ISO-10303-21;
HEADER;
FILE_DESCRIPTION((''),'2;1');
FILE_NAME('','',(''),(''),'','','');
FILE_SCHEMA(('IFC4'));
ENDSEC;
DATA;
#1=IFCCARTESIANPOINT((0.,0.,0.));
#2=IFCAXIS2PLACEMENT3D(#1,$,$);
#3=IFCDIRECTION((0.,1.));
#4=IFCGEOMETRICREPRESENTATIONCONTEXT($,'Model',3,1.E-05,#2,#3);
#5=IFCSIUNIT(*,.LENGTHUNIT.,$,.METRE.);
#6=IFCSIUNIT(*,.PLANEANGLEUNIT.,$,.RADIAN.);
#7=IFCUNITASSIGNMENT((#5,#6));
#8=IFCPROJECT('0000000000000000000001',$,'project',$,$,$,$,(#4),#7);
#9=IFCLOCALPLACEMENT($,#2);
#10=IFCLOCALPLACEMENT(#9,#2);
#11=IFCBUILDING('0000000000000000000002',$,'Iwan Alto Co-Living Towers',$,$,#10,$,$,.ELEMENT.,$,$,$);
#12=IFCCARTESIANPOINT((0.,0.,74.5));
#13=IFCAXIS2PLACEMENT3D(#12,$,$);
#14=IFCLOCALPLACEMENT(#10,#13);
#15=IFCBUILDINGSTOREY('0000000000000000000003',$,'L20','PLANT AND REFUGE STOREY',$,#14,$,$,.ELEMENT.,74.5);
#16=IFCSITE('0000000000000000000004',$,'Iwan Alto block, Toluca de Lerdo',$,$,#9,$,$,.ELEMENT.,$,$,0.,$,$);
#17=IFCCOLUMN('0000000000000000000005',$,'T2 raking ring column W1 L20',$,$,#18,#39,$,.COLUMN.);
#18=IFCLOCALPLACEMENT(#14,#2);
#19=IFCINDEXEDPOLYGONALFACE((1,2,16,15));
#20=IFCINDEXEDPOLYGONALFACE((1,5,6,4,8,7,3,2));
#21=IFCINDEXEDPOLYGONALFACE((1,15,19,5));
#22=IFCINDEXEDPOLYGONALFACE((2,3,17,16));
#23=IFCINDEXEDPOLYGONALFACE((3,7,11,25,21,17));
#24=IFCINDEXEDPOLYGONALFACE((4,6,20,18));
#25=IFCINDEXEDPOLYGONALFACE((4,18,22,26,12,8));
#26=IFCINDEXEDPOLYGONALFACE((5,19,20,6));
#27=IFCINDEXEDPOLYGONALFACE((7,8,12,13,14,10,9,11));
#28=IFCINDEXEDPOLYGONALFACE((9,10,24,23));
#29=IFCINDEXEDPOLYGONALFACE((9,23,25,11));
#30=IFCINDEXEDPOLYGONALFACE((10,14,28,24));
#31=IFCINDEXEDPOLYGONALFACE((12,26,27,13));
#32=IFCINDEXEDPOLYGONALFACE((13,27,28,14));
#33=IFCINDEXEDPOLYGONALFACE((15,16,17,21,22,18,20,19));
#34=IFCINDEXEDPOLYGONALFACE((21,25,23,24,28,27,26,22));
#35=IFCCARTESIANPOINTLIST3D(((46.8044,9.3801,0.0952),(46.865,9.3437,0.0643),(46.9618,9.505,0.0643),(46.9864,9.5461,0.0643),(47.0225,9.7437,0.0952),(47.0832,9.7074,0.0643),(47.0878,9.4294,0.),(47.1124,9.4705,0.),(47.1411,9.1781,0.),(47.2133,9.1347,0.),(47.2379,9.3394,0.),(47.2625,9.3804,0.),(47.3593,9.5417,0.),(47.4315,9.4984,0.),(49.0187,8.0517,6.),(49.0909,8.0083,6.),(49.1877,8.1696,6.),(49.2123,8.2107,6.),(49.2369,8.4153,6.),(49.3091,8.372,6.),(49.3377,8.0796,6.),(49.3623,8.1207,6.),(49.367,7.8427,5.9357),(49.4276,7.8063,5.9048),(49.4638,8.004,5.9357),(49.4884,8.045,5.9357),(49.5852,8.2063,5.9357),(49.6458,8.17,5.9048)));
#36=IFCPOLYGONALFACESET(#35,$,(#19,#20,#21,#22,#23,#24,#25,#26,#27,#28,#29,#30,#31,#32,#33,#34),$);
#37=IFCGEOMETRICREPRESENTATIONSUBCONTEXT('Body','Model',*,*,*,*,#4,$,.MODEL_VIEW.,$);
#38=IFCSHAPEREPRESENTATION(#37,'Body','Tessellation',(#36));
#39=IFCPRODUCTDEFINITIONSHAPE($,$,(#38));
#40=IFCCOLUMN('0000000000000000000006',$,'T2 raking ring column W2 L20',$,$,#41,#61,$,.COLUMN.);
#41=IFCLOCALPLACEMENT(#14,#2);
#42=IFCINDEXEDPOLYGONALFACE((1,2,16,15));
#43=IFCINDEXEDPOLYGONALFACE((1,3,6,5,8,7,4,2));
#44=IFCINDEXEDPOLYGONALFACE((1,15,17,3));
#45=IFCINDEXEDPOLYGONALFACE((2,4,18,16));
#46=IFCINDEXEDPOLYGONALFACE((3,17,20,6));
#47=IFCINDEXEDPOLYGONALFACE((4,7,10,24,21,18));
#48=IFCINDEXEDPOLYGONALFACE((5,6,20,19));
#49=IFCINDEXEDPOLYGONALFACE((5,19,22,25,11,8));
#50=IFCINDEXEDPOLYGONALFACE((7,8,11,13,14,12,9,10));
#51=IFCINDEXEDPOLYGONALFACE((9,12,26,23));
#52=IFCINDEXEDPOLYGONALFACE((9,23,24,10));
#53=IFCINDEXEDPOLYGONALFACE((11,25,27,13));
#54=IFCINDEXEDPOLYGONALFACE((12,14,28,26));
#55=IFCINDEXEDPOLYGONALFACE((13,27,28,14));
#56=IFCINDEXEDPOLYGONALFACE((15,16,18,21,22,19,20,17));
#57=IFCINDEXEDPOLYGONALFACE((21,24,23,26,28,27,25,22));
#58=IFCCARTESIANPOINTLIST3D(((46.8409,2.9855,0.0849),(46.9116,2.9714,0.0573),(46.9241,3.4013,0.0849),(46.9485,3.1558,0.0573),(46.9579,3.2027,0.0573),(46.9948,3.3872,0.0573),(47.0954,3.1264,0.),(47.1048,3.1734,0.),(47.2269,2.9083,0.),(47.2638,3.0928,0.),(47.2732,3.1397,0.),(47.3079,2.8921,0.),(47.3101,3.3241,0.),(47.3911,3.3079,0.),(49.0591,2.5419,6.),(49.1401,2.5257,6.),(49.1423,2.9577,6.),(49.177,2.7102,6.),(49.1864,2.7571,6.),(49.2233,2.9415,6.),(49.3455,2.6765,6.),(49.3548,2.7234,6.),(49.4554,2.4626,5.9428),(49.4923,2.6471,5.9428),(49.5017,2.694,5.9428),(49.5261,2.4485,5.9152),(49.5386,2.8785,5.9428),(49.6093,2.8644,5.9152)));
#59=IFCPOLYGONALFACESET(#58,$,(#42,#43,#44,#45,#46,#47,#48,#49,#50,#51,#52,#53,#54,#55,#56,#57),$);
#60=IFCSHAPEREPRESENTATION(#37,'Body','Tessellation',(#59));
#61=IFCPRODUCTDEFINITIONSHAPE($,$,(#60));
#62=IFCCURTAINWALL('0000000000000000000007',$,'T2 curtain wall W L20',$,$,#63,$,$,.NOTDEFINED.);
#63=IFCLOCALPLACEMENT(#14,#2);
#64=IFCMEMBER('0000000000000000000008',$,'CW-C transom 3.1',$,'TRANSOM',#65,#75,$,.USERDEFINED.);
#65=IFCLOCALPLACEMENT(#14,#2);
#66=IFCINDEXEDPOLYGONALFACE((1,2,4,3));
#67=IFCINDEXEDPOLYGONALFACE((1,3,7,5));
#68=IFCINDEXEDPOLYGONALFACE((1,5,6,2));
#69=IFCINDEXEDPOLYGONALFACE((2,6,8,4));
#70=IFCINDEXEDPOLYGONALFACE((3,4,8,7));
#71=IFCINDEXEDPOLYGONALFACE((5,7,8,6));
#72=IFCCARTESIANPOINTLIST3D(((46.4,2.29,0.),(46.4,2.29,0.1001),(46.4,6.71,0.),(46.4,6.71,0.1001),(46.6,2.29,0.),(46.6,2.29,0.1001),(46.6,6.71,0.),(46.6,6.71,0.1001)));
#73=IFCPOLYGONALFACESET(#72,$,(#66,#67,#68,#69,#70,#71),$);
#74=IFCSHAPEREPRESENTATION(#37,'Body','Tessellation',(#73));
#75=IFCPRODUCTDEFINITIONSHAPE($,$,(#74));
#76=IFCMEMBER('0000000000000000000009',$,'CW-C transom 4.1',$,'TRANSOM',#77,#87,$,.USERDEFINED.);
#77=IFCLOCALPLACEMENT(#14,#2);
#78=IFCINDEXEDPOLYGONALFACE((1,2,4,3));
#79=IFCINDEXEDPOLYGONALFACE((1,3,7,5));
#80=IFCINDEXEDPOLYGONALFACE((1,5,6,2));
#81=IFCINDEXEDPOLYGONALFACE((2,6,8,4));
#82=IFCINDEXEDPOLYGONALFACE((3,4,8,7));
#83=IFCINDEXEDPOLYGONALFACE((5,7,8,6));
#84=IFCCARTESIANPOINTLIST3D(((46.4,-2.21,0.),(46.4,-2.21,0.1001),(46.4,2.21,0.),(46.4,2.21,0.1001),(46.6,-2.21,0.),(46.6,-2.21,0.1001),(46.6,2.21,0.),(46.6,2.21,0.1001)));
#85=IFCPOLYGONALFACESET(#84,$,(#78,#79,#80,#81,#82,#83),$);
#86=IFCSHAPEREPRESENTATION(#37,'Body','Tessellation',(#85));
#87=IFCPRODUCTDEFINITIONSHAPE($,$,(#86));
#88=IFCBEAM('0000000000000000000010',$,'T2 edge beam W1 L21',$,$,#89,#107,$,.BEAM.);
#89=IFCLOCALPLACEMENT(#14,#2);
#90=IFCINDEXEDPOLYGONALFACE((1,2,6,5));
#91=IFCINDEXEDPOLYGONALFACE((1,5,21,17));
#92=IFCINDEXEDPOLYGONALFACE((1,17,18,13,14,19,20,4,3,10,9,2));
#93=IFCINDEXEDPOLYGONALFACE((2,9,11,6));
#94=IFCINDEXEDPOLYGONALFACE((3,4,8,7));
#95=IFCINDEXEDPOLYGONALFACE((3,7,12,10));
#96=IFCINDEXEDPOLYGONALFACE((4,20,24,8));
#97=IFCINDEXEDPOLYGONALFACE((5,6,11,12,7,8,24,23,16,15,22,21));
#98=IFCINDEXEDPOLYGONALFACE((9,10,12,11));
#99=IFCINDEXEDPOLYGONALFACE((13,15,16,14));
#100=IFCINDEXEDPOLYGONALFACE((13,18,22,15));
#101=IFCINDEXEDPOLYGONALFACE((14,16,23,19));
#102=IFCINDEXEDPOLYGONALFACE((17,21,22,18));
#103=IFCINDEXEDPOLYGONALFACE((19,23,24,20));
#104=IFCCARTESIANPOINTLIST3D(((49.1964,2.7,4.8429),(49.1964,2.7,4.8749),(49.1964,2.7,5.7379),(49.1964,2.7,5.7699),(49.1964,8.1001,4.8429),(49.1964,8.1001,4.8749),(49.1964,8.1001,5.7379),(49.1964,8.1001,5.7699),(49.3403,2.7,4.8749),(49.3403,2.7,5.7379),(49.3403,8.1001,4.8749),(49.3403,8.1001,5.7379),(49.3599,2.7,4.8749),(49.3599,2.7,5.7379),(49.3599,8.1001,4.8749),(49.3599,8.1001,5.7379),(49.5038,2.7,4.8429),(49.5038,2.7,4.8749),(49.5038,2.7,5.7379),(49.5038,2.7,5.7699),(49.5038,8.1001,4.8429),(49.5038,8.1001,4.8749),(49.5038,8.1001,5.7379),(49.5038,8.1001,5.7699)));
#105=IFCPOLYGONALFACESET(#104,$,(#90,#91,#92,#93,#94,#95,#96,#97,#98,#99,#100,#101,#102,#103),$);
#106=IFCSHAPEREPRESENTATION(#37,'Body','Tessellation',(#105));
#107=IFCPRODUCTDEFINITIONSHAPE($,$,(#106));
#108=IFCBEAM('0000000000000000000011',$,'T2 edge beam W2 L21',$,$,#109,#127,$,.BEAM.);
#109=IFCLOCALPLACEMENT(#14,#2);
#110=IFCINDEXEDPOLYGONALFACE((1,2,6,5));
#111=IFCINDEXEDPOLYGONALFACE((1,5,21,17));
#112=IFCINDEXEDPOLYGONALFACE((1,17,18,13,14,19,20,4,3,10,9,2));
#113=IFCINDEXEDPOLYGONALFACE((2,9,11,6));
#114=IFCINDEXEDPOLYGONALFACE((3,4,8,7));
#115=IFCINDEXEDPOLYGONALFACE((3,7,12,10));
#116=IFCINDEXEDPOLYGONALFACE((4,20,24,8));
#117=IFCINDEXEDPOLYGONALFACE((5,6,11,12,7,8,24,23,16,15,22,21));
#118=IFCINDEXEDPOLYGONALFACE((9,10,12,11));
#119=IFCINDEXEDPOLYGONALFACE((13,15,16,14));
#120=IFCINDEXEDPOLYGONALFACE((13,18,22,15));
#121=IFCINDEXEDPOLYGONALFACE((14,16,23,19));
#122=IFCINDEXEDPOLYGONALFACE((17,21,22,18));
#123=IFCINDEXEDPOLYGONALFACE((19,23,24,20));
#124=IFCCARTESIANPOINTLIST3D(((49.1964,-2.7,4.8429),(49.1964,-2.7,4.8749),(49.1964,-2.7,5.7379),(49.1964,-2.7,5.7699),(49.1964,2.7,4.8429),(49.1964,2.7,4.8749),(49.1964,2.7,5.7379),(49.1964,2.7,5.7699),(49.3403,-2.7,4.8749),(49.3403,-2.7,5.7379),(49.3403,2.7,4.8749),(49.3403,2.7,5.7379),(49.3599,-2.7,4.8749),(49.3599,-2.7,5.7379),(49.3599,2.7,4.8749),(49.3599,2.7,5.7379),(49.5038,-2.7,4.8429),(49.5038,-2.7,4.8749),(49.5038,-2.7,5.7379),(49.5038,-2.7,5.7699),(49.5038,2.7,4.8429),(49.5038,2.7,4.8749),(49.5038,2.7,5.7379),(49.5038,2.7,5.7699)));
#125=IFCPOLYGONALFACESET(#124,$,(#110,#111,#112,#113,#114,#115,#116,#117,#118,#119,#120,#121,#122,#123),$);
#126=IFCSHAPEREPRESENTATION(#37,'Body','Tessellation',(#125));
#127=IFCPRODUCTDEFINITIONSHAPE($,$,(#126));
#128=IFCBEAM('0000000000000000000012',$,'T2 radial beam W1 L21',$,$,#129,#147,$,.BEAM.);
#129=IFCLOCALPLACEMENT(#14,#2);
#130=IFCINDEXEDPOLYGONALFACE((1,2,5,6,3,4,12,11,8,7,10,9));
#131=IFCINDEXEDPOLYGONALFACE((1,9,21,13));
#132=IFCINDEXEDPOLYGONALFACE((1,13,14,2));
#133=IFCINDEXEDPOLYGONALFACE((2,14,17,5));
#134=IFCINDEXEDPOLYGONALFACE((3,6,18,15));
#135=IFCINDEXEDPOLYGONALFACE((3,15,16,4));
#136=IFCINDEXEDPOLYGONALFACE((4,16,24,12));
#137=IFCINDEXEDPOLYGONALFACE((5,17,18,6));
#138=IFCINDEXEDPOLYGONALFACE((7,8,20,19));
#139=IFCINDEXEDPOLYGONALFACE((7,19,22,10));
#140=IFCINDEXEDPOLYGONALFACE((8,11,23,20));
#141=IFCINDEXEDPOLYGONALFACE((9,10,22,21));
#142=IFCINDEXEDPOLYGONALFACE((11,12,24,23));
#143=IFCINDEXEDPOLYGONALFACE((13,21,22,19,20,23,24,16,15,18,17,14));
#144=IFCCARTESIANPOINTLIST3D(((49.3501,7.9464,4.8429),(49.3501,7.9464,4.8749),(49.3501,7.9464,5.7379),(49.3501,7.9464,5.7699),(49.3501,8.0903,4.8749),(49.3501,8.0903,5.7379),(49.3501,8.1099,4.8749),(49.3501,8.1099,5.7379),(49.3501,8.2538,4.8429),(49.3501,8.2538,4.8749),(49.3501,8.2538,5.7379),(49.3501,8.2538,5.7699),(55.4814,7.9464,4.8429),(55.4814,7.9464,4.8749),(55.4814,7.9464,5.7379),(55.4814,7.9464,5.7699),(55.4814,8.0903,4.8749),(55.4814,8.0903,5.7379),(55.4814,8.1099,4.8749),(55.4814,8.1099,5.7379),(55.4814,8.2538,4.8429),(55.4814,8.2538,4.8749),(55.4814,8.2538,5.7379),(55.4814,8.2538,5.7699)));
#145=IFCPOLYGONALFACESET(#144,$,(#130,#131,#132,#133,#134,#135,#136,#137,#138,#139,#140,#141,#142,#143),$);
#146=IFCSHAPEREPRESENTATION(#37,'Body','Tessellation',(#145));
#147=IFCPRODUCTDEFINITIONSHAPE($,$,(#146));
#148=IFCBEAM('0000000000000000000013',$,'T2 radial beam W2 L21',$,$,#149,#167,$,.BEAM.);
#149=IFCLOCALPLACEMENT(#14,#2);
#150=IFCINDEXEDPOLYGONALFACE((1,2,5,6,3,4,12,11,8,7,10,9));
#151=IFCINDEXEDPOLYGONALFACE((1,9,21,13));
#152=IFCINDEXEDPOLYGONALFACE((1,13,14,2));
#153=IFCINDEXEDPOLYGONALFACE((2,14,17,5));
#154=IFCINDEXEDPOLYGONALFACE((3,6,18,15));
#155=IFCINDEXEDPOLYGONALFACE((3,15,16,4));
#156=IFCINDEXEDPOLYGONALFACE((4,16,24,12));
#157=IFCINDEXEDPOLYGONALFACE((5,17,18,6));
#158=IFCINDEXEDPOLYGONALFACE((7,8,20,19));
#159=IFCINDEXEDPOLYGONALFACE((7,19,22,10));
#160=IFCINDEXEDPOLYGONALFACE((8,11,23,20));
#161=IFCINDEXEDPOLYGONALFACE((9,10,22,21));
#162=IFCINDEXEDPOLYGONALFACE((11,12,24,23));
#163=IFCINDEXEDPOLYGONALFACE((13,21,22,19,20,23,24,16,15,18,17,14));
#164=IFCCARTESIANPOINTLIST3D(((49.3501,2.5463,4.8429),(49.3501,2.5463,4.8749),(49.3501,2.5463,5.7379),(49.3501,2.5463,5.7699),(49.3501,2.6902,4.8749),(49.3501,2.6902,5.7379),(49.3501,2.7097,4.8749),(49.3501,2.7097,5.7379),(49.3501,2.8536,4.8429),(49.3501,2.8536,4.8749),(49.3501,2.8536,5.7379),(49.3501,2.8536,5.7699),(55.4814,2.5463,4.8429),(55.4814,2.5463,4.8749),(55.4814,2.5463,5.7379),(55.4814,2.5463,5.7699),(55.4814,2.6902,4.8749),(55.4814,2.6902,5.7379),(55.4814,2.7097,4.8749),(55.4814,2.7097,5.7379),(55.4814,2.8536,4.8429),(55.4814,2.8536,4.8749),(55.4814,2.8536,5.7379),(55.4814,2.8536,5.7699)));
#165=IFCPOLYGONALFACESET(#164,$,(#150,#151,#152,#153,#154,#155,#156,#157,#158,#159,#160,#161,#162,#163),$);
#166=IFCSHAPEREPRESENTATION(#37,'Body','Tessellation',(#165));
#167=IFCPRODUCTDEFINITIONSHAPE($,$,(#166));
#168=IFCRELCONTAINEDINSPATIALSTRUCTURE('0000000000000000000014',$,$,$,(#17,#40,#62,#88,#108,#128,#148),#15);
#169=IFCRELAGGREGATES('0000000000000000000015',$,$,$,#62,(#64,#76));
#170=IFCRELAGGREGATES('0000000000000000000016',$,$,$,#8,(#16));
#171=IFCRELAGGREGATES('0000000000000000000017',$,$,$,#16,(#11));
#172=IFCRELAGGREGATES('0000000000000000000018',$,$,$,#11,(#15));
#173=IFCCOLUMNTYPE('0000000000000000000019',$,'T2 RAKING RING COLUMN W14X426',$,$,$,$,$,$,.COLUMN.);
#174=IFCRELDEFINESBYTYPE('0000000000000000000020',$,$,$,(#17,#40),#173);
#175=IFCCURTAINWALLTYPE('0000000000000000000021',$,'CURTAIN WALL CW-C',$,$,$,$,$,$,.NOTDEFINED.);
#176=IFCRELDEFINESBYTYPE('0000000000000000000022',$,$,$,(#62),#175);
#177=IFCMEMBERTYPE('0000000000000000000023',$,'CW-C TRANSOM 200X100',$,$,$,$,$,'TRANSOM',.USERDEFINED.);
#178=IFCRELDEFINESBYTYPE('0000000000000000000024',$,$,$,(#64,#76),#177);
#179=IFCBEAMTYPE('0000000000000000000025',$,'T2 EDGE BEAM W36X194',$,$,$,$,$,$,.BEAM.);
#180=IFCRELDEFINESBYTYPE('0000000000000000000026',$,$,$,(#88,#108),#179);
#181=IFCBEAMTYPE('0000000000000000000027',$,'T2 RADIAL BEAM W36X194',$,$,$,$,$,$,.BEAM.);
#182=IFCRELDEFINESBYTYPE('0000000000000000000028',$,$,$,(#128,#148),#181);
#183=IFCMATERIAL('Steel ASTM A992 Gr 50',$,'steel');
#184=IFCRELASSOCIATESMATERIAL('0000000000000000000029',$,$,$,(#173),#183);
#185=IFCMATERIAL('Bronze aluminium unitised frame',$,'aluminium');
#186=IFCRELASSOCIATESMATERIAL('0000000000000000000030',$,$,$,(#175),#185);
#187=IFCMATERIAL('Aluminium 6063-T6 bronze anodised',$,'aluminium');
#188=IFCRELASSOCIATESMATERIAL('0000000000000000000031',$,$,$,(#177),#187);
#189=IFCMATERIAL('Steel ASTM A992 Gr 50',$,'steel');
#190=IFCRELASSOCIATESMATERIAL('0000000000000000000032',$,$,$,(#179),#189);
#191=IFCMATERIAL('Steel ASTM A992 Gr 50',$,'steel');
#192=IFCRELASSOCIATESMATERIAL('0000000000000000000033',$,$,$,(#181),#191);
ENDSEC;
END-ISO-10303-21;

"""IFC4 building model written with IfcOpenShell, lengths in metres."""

from ifc_helpers import new_model, si_unit, direction, frame, origin, origin_2d, place, context, subcontext, project, spatial, rectangle, i_section, extrude, clip, halfspace, material, material_profile, profile_set, type_object, element, aggregate, save


model = new_model("IFC4")

# Units and contexts
model_context = context("Model", 3, precision=1e-05, world=origin(), true_north=direction((0.0, 1.0)))
body_context = subcontext(model_context, "Body", "Model", "MODEL_VIEW")
ifc_project = project(units=[si_unit("LENGTHUNIT", "METRE"), si_unit("PLANEANGLEUNIT", "RADIAN")], contexts=[model_context])

# Site, building, storey
site_placement = place(None, origin())
site = spatial("IfcSite", under=ifc_project, at=site_placement, Name="Iwan Alto block, Toluca de Lerdo", CompositionType="ELEMENT", RefElevation=0.0)
building_placement = place(site_placement, origin())
building = spatial("IfcBuilding", under=site, at=building_placement, Name="Iwan Alto Co-Living Towers", CompositionType="ELEMENT")
storey_placement = place(building_placement, frame((0.0, 0.0, 74.5)))
storey = spatial("IfcBuildingStorey", under=building, at=storey_placement, Name="L20", Description="PLANT AND REFUGE STOREY", CompositionType="ELEMENT", Elevation=74.5)

# Columns
ifc_material_1 = material(Name="Steel ASTM A992 Gr 50", Category="steel")
ifc_material_profile_1 = material_profile(ifc_material_1, i_section(OverallWidth=0.4241, OverallDepth=0.4751, WebThickness=0.0479, FlangeThickness=0.0771, at=origin_2d()), Name="W14X426")
ifc_profile_set_1 = profile_set([ifc_material_profile_1], Name="Steel ASTM A992 Gr 50")
column_type = type_object("IfcColumnType", Name="T2 RAKING RING COLUMN W14X426", PredefinedType="COLUMN", material=ifc_profile_set_1)
column_1_placement = place(storey_placement, frame((47.1001, 9.45, 0.0), z_axis=(0.343583, -0.206128, 0.916222), x_axis=(0.514455, 0.857518, 0.0)))
element("IfcColumn", 1, at=column_1_placement, inside=storey, type_object=column_type, Name="T2 raking ring column W1 L20", PredefinedType="COLUMN", context=body_context, shape_type="Clipping", body=[
    clip(clip(extrude(i_section(OverallWidth=0.4241, OverallDepth=0.4751, WebThickness=0.0479, FlangeThickness=0.0771, at=origin_2d()), origin(), (0.0, 0.0, 1.0), 6.5486), halfspace(frame((0.0, 0.0, 0.0), z_axis=(0.0, -0.400672, -0.916222), x_axis=(0.514455, -0.785676, 0.343583)), False)), halfspace(frame((0.0, 2.4041, 5.4973), z_axis=(0.0, 0.400672, 0.916222), x_axis=(0.514455, -0.785676, 0.343583)), False)),
])
column_2_placement = place(storey_placement, frame((47.1001, 3.1499, 0.0), z_axis=(0.350261, -0.070045, 0.934029), x_axis=(0.196096, 0.980585, 0.0)))
element("IfcColumn", 2, at=column_2_placement, inside=storey, type_object=column_type, Name="T2 raking ring column W2 L20", PredefinedType="COLUMN", context=body_context, shape_type="Clipping", body=[
    clip(clip(extrude(i_section(OverallWidth=0.4241, OverallDepth=0.4751, WebThickness=0.0479, FlangeThickness=0.0771, at=origin_2d()), origin(), (0.0, 0.0, 1.0), 6.4238), halfspace(frame((0.0, 0.0, 0.0), z_axis=(0.0, -0.357196, -0.934029), x_axis=(0.196096, -0.915895, 0.350261)), False)), halfspace(frame((0.0, 2.1431, 5.6042), z_axis=(0.0, 0.357196, 0.934029), x_axis=(0.196096, -0.915895, 0.350261)), False)),
])

# Curtain wall, members
ifc_material_2 = material(Name="Bronze aluminium unitised frame", Category="aluminium")
curtain_wall_type = type_object("IfcCurtainWallType", Name="CURTAIN WALL CW-C", PredefinedType="NOTDEFINED", material=ifc_material_2)
curtain_wall_placement = place(storey_placement, origin())
curtain_wall = element("IfcCurtainWall", 3, at=curtain_wall_placement, inside=storey, type_object=curtain_wall_type, Name="T2 curtain wall W L20", PredefinedType="NOTDEFINED")
ifc_material_3 = material(Name="Aluminium 6063-T6 bronze anodised", Category="aluminium")
ifc_material_profile_2 = material_profile(ifc_material_3, rectangle(XDim=0.2, YDim=0.1001, at=origin_2d()), Name="AL 200X100")
ifc_profile_set_2 = profile_set([ifc_material_profile_2], Name="Aluminium 6063-T6 bronze anodised")
member_type = type_object("IfcMemberType", Name="CW-C TRANSOM 200X100", ElementType="TRANSOM", PredefinedType="USERDEFINED", material=ifc_profile_set_2)
member_1_placement = place(storey_placement, frame((46.5, 6.71, 0.05), z_axis=(0.0, -1.0, 0.0), x_axis=(1.0, 0.0, 0.0)))
member_1 = element("IfcMember", 4, at=member_1_placement, type_object=member_type, Name="CW-C transom 3.1", ObjectType="TRANSOM", PredefinedType="USERDEFINED", context=body_context, shape_type="SweptSolid", body=[
    extrude(rectangle(XDim=0.2, YDim=0.1001, at=origin_2d()), origin(), (0.0, 0.0, 1.0), 4.4199),
])
member_2_placement = place(storey_placement, frame((46.5, 2.21, 0.05), z_axis=(0.0, -1.0, 0.0), x_axis=(1.0, 0.0, 0.0)))
member_2 = element("IfcMember", 5, at=member_2_placement, type_object=member_type, Name="CW-C transom 4.1", ObjectType="TRANSOM", PredefinedType="USERDEFINED", context=body_context, shape_type="SweptSolid", body=[
    extrude(rectangle(XDim=0.2, YDim=0.1001, at=origin_2d()), origin(), (0.0, 0.0, 1.0), 4.4199),
])

# Beams
ifc_material_4 = material(Name="Steel ASTM A992 Gr 50", Category="steel")
ifc_material_profile_3 = material_profile(ifc_material_4, i_section(OverallWidth=0.3074, OverallDepth=0.927, WebThickness=0.0195, FlangeThickness=0.032, at=origin_2d()), Name="W36X194")
ifc_profile_set_3 = profile_set([ifc_material_profile_3], Name="Steel ASTM A992 Gr 50")
beam_type_1 = type_object("IfcBeamType", Name="T2 EDGE BEAM W36X194", PredefinedType="BEAM", material=ifc_profile_set_3)
beam_1_placement = place(storey_placement, frame((49.3501, 8.1001, 5.3064), z_axis=(0.0, -1.0, 0.0), x_axis=(1.0, 0.0, 0.0)))
element("IfcBeam", 6, at=beam_1_placement, inside=storey, type_object=beam_type_1, Name="T2 edge beam W1 L21", PredefinedType="BEAM", context=body_context, shape_type="SweptSolid", body=[
    extrude(i_section(OverallWidth=0.3074, OverallDepth=0.927, WebThickness=0.0195, FlangeThickness=0.032, at=origin_2d()), origin(), (0.0, 0.0, 1.0), 5.4001),
])
beam_2_placement = place(storey_placement, frame((49.3501, 2.7, 5.3064), z_axis=(0.0, -1.0, 0.0), x_axis=(1.0, 0.0, 0.0)))
element("IfcBeam", 7, at=beam_2_placement, inside=storey, type_object=beam_type_1, Name="T2 edge beam W2 L21", PredefinedType="BEAM", context=body_context, shape_type="SweptSolid", body=[
    extrude(i_section(OverallWidth=0.3074, OverallDepth=0.927, WebThickness=0.0195, FlangeThickness=0.032, at=origin_2d()), origin(), (0.0, 0.0, 1.0), 5.3999),
])
ifc_material_5 = material(Name="Steel ASTM A992 Gr 50", Category="steel")
ifc_material_profile_4 = material_profile(ifc_material_5, i_section(OverallWidth=0.3074, OverallDepth=0.927, WebThickness=0.0195, FlangeThickness=0.032, at=origin_2d()), Name="W36X194")
ifc_profile_set_4 = profile_set([ifc_material_profile_4], Name="Steel ASTM A992 Gr 50")
beam_type_2 = type_object("IfcBeamType", Name="T2 RADIAL BEAM W36X194", PredefinedType="BEAM", material=ifc_profile_set_4)
for number, where, z_axis, x_axis, name in (
    (8, (49.3501, 8.1001, 5.3064), (1.0, 0.0, 0.0), (0.0, 1.0, 0.0), "T2 radial beam W1 L21"),
    (9, (49.3501, 2.7, 5.3064), (1.0, 0.0, 0.0), (0.0, 1.0, 0.0), "T2 radial beam W2 L21"),
):
    element("IfcBeam", number, at=place(storey_placement, frame(where, z_axis=z_axis, x_axis=x_axis)), inside=storey, type_object=beam_type_2, Name=name, PredefinedType="BEAM", context=body_context, shape_type="SweptSolid", body=[
        extrude(i_section(OverallWidth=0.3074, OverallDepth=0.927, WebThickness=0.0195, FlangeThickness=0.032, at=origin_2d()), origin(), (0.0, 0.0, 1.0), 6.1313),
    ])

aggregate(curtain_wall, [member_1, member_2])

save(model, "model.ifc")
